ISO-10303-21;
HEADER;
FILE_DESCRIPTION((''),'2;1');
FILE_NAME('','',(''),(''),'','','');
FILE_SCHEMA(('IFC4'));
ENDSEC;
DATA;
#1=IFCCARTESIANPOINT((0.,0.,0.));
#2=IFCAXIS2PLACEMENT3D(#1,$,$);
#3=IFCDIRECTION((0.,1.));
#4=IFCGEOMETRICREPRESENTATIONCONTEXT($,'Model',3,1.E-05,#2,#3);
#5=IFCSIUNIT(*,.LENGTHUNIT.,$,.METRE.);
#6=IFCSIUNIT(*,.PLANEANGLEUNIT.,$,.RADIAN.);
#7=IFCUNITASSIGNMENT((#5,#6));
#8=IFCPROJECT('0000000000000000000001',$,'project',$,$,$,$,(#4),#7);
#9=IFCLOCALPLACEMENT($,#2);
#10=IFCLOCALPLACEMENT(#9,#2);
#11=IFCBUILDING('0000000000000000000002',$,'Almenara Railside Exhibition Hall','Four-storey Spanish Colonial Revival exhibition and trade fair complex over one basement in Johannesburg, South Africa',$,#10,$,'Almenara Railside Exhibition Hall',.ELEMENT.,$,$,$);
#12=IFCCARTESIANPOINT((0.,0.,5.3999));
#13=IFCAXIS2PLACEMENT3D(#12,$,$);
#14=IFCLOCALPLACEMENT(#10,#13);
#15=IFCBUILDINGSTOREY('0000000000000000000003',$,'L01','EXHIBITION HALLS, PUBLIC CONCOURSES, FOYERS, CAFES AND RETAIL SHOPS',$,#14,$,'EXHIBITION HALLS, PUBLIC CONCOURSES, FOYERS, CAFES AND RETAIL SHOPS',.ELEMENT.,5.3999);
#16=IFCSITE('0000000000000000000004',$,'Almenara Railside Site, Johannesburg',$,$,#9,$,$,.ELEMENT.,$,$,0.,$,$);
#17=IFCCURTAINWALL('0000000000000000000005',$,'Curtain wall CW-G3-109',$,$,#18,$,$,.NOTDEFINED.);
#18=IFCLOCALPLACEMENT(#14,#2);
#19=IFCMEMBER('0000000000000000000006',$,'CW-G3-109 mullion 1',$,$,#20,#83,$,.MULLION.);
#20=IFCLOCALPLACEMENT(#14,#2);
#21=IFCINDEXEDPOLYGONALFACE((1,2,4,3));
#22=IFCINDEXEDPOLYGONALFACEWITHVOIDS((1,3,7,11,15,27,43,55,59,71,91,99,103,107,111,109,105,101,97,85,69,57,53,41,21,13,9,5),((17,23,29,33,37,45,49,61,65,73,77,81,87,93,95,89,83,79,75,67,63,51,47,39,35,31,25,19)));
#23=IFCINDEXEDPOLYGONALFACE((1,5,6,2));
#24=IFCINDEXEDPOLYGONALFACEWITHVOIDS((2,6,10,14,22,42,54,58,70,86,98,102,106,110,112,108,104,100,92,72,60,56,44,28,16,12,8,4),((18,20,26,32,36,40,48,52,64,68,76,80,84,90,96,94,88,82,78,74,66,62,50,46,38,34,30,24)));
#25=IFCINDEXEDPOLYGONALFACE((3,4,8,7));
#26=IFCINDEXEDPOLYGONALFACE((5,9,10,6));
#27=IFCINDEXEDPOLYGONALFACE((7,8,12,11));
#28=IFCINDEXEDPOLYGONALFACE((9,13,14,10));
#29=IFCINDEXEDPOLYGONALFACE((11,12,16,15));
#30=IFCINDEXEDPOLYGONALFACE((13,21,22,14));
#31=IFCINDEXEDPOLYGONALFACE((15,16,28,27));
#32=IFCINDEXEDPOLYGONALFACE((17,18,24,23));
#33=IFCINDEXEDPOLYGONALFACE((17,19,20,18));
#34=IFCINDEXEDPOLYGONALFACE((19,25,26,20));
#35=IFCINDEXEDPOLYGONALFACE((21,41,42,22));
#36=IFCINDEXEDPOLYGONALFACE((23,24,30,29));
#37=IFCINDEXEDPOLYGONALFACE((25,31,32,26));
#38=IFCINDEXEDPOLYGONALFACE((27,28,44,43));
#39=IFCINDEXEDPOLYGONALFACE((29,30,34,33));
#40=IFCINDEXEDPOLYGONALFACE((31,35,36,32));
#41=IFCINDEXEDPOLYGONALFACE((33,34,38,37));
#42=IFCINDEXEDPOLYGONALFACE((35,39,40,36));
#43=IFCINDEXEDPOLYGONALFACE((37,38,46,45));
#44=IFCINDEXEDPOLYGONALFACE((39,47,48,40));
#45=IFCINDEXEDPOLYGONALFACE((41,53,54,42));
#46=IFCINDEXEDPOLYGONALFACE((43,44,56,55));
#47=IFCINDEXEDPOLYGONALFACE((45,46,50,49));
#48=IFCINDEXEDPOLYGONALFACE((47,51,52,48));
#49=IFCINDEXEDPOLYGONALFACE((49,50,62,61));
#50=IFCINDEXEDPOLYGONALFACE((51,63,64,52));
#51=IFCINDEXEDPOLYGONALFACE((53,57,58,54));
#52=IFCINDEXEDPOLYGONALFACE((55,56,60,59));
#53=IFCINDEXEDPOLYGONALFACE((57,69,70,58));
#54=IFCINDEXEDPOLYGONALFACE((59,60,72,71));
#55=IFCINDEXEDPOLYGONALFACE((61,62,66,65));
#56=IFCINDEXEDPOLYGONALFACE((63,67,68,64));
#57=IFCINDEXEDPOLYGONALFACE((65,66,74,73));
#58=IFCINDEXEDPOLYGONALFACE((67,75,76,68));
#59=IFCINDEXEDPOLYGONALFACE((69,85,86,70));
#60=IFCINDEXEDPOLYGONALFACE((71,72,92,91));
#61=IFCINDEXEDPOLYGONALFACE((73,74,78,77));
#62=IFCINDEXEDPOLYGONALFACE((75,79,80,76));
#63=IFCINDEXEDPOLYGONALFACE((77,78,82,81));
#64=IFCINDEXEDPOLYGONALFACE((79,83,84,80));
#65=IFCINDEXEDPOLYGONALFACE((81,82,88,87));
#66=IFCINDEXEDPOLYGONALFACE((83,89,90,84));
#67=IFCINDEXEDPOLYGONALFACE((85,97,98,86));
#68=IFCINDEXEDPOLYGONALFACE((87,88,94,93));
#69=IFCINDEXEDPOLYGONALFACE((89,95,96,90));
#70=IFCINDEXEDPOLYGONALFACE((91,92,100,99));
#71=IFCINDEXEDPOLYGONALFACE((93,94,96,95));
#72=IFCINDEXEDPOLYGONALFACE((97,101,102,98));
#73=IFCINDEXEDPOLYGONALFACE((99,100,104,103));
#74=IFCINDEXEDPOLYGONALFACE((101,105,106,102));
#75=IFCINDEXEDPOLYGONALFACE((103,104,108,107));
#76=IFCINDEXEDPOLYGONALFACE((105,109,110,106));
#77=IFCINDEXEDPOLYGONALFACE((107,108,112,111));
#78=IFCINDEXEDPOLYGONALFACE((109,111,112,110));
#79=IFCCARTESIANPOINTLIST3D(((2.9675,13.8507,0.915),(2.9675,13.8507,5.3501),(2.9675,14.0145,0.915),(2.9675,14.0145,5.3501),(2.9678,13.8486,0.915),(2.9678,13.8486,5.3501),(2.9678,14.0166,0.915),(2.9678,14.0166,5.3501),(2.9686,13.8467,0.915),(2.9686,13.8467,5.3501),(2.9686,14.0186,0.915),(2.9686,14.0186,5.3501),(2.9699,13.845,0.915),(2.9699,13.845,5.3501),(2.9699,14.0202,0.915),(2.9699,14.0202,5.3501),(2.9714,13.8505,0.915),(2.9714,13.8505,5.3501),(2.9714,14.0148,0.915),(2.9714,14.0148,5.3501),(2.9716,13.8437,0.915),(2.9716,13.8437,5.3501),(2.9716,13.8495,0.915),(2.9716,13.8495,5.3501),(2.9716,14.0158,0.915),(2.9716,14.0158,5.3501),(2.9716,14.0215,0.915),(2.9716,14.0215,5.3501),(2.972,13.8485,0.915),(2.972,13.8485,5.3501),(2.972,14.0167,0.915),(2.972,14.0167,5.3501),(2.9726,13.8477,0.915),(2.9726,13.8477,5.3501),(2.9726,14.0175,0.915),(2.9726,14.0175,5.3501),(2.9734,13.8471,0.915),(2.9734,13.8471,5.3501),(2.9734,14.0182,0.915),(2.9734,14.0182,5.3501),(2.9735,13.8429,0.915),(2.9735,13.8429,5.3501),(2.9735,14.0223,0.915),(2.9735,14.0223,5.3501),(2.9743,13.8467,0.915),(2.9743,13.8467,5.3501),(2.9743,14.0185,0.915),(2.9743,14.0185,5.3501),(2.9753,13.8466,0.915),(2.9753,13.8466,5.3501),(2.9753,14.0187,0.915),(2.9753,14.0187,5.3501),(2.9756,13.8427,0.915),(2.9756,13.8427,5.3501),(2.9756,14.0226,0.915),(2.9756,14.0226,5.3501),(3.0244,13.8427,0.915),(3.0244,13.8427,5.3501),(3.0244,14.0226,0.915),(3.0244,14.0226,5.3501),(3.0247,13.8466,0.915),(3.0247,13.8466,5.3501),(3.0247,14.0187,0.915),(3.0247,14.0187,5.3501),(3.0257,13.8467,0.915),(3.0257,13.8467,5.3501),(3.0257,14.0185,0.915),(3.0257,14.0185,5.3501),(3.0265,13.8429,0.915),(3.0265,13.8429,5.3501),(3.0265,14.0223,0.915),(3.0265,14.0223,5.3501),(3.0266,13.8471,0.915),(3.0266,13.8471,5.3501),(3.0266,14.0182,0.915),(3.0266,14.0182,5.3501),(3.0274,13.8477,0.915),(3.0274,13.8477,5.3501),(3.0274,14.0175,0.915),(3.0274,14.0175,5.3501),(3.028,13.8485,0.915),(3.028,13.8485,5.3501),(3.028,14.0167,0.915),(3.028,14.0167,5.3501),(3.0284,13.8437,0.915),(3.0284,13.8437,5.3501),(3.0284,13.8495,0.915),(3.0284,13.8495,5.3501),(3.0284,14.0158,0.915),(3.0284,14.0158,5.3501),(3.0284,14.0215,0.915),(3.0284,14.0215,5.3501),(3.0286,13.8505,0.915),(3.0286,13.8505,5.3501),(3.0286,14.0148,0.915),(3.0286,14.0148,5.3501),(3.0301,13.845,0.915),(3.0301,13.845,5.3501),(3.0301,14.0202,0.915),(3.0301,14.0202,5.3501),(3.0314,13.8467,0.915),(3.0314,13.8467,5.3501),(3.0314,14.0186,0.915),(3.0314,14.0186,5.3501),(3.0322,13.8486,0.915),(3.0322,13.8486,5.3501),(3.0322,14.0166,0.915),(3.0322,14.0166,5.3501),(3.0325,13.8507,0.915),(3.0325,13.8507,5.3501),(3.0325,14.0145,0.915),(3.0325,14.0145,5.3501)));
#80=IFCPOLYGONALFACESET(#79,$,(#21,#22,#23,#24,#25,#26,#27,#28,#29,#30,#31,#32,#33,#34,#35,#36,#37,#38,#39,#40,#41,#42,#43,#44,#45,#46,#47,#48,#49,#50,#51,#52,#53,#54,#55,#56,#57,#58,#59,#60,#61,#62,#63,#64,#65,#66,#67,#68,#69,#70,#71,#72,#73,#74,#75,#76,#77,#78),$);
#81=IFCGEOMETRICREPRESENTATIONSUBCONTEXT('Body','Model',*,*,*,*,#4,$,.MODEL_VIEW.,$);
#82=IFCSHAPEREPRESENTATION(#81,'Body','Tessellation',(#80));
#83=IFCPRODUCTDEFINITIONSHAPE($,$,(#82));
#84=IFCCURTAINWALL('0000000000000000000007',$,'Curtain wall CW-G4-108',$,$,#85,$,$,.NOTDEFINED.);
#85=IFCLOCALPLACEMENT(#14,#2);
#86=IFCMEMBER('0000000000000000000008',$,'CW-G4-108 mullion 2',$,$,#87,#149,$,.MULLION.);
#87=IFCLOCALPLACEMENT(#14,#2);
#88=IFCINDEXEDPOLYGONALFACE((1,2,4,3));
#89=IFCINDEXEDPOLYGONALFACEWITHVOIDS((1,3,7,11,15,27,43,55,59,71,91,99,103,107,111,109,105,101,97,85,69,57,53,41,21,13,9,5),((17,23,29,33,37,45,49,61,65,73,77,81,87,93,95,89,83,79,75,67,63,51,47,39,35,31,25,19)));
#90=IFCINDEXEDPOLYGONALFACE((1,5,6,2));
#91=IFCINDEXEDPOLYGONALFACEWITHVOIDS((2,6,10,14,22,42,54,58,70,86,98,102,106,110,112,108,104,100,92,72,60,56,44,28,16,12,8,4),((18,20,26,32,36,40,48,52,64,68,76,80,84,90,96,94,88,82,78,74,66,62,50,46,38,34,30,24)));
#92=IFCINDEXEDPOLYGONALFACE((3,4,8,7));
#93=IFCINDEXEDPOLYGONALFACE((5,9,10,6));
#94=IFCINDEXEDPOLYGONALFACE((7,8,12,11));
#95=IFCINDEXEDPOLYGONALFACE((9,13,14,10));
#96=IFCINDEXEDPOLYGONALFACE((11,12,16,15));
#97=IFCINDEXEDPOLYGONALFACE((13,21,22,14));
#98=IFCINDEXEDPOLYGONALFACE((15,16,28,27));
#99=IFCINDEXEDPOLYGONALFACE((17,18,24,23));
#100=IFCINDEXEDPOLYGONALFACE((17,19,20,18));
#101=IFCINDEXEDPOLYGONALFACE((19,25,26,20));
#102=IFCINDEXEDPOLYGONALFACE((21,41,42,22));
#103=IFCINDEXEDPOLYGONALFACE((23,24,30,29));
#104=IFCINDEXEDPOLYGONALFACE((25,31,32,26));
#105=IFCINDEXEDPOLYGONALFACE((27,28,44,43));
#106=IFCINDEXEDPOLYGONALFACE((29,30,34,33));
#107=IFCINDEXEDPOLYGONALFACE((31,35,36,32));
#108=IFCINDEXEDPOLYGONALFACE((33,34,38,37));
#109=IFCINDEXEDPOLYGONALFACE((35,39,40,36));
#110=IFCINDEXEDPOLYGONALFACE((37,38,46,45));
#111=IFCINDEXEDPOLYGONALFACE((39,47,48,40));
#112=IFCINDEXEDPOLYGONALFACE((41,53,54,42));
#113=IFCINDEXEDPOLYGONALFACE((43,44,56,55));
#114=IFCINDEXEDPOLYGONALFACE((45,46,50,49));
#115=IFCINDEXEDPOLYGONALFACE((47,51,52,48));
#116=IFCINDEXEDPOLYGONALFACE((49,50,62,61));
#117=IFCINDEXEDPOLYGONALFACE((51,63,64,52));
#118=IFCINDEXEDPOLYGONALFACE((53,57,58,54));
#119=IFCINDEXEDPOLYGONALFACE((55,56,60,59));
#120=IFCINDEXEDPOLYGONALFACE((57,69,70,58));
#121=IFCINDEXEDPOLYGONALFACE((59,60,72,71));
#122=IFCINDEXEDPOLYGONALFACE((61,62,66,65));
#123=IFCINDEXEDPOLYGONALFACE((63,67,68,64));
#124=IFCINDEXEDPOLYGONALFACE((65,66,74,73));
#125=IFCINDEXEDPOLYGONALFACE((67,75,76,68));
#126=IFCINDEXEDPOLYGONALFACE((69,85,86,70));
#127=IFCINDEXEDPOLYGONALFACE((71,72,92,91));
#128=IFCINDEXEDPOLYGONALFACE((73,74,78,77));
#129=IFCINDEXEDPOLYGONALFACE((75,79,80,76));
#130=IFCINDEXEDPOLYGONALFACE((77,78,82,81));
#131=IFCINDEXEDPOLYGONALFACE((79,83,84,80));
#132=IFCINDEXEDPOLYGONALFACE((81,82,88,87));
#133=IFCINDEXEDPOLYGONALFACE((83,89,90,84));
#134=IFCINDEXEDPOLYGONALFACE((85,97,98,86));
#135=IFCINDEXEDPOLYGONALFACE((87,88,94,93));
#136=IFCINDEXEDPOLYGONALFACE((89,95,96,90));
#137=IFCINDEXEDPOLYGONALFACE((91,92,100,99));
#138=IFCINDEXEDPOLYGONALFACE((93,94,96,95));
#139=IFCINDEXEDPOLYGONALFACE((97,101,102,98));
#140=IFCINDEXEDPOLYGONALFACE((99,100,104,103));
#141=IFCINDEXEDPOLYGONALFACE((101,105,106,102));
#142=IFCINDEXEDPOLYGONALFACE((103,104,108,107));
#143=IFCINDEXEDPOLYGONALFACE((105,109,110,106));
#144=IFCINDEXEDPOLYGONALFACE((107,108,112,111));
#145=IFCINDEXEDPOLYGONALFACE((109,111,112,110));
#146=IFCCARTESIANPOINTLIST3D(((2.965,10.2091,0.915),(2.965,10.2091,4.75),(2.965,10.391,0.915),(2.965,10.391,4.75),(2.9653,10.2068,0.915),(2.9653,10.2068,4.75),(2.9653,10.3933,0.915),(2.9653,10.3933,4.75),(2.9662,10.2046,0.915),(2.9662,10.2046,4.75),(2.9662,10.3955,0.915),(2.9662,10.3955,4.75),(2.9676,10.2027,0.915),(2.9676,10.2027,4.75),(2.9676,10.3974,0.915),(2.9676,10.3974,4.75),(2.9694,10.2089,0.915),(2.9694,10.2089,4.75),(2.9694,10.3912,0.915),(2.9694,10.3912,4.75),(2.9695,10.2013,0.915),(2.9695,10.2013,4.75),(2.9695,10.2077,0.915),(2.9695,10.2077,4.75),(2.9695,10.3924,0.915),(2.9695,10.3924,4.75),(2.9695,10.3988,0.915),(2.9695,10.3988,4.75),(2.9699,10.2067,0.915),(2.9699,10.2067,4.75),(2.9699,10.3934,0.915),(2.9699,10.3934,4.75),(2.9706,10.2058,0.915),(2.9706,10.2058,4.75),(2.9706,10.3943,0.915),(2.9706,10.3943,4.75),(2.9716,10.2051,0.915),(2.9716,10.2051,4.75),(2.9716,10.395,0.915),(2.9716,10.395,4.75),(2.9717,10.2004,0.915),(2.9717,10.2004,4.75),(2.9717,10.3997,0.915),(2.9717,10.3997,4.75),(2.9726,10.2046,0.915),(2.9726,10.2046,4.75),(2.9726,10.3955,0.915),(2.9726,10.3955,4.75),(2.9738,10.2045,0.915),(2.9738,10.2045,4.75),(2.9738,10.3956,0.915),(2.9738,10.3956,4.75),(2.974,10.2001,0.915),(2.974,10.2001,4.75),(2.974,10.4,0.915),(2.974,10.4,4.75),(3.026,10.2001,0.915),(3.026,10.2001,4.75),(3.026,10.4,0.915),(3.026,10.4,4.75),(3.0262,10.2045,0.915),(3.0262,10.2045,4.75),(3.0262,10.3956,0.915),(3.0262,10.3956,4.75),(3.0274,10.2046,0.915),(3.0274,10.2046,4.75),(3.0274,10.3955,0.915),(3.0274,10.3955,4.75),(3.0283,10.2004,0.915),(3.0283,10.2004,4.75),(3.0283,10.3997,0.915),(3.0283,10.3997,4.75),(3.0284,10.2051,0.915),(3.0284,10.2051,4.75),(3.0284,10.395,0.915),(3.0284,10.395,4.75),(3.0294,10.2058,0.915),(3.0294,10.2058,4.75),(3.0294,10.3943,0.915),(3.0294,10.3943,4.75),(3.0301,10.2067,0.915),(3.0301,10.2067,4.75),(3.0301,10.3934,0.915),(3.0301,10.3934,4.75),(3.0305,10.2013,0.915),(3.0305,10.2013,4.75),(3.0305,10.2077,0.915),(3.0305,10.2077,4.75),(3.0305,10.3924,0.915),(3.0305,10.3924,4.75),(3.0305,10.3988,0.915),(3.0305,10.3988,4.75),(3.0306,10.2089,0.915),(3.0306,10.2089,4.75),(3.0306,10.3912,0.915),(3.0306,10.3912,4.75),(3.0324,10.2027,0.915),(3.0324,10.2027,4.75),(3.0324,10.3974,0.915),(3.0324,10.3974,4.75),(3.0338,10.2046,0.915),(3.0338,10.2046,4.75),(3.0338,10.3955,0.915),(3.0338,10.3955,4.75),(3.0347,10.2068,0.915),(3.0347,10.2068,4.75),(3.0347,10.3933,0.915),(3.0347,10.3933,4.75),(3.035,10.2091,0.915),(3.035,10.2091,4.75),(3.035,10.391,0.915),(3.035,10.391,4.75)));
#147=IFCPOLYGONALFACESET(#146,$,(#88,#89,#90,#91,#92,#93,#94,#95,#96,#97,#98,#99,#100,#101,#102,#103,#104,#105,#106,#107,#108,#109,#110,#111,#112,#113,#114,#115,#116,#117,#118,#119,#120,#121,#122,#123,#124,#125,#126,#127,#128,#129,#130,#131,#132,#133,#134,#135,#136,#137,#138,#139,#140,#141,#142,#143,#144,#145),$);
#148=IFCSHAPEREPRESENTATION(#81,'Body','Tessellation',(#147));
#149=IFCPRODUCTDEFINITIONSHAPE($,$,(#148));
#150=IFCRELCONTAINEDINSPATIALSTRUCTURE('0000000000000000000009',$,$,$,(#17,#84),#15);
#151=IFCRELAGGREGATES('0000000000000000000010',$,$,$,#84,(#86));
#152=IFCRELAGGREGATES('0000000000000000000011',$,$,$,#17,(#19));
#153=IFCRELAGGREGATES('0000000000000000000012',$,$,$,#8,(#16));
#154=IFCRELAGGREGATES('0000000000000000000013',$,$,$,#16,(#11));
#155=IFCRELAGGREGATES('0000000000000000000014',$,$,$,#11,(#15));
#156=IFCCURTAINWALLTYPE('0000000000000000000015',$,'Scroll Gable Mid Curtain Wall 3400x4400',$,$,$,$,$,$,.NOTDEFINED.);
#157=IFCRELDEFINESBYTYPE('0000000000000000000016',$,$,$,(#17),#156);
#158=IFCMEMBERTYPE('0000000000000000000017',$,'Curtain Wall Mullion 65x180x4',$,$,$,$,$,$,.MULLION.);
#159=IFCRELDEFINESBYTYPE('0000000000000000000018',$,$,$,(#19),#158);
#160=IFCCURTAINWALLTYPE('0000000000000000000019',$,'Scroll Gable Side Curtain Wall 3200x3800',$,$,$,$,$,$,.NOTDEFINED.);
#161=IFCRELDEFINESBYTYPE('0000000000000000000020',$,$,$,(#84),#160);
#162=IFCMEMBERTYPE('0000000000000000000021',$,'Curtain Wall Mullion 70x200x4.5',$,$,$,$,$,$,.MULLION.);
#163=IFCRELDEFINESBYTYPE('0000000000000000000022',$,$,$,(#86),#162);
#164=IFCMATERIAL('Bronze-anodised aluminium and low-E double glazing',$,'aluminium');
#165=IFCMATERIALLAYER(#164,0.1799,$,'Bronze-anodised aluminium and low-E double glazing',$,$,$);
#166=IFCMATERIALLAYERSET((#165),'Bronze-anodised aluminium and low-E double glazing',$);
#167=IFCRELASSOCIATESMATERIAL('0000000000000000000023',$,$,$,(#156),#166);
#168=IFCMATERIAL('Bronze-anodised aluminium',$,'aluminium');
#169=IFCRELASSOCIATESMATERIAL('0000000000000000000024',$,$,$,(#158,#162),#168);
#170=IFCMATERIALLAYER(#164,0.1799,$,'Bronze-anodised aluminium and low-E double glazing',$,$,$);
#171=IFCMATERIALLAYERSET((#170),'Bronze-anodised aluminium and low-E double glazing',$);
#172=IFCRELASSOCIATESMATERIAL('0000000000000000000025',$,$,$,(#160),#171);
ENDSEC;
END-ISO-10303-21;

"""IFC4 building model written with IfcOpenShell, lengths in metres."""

from ifc_helpers import new_model, si_unit, direction, frame, origin, origin_2d, place, context, subcontext, project, spatial, hollow_rectangle, extrude, material, layer, layer_set, material_profile, profile_set, type_object, element, aggregate, save


model = new_model("IFC4")

# Units and contexts
model_context = context("Model", 3, precision=1e-05, world=origin(), true_north=direction((0.0, 1.0)))
body_context = subcontext(model_context, "Body", "Model", "MODEL_VIEW")
ifc_project = project(units=[si_unit("LENGTHUNIT", "METRE"), si_unit("PLANEANGLEUNIT", "RADIAN")], contexts=[model_context])

# Site, building, storey
site_placement = place(None, origin())
site = spatial("IfcSite", under=ifc_project, at=site_placement, Name="Almenara Railside Site, Johannesburg", CompositionType="ELEMENT", RefElevation=0.0)
building_placement = place(site_placement, origin())
building = spatial("IfcBuilding", under=site, at=building_placement, Name="Almenara Railside Exhibition Hall", Description="Four-storey Spanish Colonial Revival exhibition and trade fair complex over one basement in Johannesburg, South Africa", LongName="Almenara Railside Exhibition Hall", CompositionType="ELEMENT")
storey_placement = place(building_placement, frame((0.0, 0.0, 5.3999)))
storey = spatial("IfcBuildingStorey", under=building, at=storey_placement, Name="L01", Description="EXHIBITION HALLS, PUBLIC CONCOURSES, FOYERS, CAFES AND RETAIL SHOPS", LongName="EXHIBITION HALLS, PUBLIC CONCOURSES, FOYERS, CAFES AND RETAIL SHOPS", CompositionType="ELEMENT", Elevation=5.3999)

# Curtain wall, member
ifc_material_1 = material(Name="Bronze-anodised aluminium and low-E double glazing", Category="aluminium")
ifc_layer_1 = layer(ifc_material_1, 0.1799, Name="Bronze-anodised aluminium and low-E double glazing")
ifc_layer_set_1 = layer_set([ifc_layer_1], Name="Bronze-anodised aluminium and low-E double glazing")
curtain_wall_type_1 = type_object("IfcCurtainWallType", Name="Scroll Gable Mid Curtain Wall 3400x4400", PredefinedType="NOTDEFINED", material=ifc_layer_set_1)
curtain_wall_1_placement = place(storey_placement, origin())
curtain_wall_1 = element("IfcCurtainWall", 1, at=curtain_wall_1_placement, inside=storey, type_object=curtain_wall_type_1, Name="Curtain wall CW-G3-109", PredefinedType="NOTDEFINED")
ifc_material_2 = material(Name="Bronze-anodised aluminium", Category="aluminium")
ifc_material_profile_1 = material_profile(ifc_material_2, hollow_rectangle(XDim=0.0649, YDim=0.1799, WallThickness=0.0039, InnerFilletRadius=0.0039, OuterFilletRadius=0.0081, at=origin_2d()), Name="ALU-MUL 65x180x4")
ifc_profile_set_1 = profile_set([ifc_material_profile_1], Name="Bronze-anodised aluminium")
member_type_1 = type_object("IfcMemberType", Name="Curtain Wall Mullion 65x180x4", PredefinedType="MULLION", material=ifc_profile_set_1)
member_1_placement = place(storey_placement, frame((3.0, 13.9326, 0.915), z_axis=(0.0, 0.0, 1.0), x_axis=(-1.0, 0.0, 0.0)))
member_1 = element("IfcMember", 2, at=member_1_placement, type_object=member_type_1, Name="CW-G3-109 mullion 1", PredefinedType="MULLION", context=body_context, shape_type="SweptSolid", body=[
    extrude(hollow_rectangle(XDim=0.0649, YDim=0.1799, WallThickness=0.0039, InnerFilletRadius=0.0039, OuterFilletRadius=0.0081, at=origin_2d()), origin(), (0.0, 0.0, 1.0), 4.4351),
])

# Curtain wall, member
ifc_layer_2 = layer(ifc_material_1, 0.1799, Name="Bronze-anodised aluminium and low-E double glazing")
ifc_layer_set_2 = layer_set([ifc_layer_2], Name="Bronze-anodised aluminium and low-E double glazing")
curtain_wall_type_2 = type_object("IfcCurtainWallType", Name="Scroll Gable Side Curtain Wall 3200x3800", PredefinedType="NOTDEFINED", material=ifc_layer_set_2)
curtain_wall_2_placement = place(storey_placement, origin())
curtain_wall_2 = element("IfcCurtainWall", 3, at=curtain_wall_2_placement, inside=storey, type_object=curtain_wall_type_2, Name="Curtain wall CW-G4-108", PredefinedType="NOTDEFINED")
ifc_material_profile_2 = material_profile(ifc_material_2, hollow_rectangle(XDim=0.0701, YDim=0.2, WallThickness=0.0044, InnerFilletRadius=0.0044, OuterFilletRadius=0.009, at=origin_2d()), Name="ALU-MUL 70x200x4.5")
ifc_profile_set_2 = profile_set([ifc_material_profile_2], Name="Bronze-anodised aluminium")
member_type_2 = type_object("IfcMemberType", Name="Curtain Wall Mullion 70x200x4.5", PredefinedType="MULLION", material=ifc_profile_set_2)
member_2_placement = place(storey_placement, frame((3.0, 10.3, 0.915), z_axis=(0.0, 0.0, 1.0), x_axis=(-1.0, 0.0, 0.0)))
member_2 = element("IfcMember", 4, at=member_2_placement, type_object=member_type_2, Name="CW-G4-108 mullion 2", PredefinedType="MULLION", context=body_context, shape_type="SweptSolid", body=[
    extrude(hollow_rectangle(XDim=0.0701, YDim=0.2, WallThickness=0.0044, InnerFilletRadius=0.0044, OuterFilletRadius=0.009, at=origin_2d()), origin(), (0.0, 0.0, 1.0), 3.835),
])

aggregate(curtain_wall_2, [member_2])
aggregate(curtain_wall_1, [member_1])

save(model, "model.ifc")
